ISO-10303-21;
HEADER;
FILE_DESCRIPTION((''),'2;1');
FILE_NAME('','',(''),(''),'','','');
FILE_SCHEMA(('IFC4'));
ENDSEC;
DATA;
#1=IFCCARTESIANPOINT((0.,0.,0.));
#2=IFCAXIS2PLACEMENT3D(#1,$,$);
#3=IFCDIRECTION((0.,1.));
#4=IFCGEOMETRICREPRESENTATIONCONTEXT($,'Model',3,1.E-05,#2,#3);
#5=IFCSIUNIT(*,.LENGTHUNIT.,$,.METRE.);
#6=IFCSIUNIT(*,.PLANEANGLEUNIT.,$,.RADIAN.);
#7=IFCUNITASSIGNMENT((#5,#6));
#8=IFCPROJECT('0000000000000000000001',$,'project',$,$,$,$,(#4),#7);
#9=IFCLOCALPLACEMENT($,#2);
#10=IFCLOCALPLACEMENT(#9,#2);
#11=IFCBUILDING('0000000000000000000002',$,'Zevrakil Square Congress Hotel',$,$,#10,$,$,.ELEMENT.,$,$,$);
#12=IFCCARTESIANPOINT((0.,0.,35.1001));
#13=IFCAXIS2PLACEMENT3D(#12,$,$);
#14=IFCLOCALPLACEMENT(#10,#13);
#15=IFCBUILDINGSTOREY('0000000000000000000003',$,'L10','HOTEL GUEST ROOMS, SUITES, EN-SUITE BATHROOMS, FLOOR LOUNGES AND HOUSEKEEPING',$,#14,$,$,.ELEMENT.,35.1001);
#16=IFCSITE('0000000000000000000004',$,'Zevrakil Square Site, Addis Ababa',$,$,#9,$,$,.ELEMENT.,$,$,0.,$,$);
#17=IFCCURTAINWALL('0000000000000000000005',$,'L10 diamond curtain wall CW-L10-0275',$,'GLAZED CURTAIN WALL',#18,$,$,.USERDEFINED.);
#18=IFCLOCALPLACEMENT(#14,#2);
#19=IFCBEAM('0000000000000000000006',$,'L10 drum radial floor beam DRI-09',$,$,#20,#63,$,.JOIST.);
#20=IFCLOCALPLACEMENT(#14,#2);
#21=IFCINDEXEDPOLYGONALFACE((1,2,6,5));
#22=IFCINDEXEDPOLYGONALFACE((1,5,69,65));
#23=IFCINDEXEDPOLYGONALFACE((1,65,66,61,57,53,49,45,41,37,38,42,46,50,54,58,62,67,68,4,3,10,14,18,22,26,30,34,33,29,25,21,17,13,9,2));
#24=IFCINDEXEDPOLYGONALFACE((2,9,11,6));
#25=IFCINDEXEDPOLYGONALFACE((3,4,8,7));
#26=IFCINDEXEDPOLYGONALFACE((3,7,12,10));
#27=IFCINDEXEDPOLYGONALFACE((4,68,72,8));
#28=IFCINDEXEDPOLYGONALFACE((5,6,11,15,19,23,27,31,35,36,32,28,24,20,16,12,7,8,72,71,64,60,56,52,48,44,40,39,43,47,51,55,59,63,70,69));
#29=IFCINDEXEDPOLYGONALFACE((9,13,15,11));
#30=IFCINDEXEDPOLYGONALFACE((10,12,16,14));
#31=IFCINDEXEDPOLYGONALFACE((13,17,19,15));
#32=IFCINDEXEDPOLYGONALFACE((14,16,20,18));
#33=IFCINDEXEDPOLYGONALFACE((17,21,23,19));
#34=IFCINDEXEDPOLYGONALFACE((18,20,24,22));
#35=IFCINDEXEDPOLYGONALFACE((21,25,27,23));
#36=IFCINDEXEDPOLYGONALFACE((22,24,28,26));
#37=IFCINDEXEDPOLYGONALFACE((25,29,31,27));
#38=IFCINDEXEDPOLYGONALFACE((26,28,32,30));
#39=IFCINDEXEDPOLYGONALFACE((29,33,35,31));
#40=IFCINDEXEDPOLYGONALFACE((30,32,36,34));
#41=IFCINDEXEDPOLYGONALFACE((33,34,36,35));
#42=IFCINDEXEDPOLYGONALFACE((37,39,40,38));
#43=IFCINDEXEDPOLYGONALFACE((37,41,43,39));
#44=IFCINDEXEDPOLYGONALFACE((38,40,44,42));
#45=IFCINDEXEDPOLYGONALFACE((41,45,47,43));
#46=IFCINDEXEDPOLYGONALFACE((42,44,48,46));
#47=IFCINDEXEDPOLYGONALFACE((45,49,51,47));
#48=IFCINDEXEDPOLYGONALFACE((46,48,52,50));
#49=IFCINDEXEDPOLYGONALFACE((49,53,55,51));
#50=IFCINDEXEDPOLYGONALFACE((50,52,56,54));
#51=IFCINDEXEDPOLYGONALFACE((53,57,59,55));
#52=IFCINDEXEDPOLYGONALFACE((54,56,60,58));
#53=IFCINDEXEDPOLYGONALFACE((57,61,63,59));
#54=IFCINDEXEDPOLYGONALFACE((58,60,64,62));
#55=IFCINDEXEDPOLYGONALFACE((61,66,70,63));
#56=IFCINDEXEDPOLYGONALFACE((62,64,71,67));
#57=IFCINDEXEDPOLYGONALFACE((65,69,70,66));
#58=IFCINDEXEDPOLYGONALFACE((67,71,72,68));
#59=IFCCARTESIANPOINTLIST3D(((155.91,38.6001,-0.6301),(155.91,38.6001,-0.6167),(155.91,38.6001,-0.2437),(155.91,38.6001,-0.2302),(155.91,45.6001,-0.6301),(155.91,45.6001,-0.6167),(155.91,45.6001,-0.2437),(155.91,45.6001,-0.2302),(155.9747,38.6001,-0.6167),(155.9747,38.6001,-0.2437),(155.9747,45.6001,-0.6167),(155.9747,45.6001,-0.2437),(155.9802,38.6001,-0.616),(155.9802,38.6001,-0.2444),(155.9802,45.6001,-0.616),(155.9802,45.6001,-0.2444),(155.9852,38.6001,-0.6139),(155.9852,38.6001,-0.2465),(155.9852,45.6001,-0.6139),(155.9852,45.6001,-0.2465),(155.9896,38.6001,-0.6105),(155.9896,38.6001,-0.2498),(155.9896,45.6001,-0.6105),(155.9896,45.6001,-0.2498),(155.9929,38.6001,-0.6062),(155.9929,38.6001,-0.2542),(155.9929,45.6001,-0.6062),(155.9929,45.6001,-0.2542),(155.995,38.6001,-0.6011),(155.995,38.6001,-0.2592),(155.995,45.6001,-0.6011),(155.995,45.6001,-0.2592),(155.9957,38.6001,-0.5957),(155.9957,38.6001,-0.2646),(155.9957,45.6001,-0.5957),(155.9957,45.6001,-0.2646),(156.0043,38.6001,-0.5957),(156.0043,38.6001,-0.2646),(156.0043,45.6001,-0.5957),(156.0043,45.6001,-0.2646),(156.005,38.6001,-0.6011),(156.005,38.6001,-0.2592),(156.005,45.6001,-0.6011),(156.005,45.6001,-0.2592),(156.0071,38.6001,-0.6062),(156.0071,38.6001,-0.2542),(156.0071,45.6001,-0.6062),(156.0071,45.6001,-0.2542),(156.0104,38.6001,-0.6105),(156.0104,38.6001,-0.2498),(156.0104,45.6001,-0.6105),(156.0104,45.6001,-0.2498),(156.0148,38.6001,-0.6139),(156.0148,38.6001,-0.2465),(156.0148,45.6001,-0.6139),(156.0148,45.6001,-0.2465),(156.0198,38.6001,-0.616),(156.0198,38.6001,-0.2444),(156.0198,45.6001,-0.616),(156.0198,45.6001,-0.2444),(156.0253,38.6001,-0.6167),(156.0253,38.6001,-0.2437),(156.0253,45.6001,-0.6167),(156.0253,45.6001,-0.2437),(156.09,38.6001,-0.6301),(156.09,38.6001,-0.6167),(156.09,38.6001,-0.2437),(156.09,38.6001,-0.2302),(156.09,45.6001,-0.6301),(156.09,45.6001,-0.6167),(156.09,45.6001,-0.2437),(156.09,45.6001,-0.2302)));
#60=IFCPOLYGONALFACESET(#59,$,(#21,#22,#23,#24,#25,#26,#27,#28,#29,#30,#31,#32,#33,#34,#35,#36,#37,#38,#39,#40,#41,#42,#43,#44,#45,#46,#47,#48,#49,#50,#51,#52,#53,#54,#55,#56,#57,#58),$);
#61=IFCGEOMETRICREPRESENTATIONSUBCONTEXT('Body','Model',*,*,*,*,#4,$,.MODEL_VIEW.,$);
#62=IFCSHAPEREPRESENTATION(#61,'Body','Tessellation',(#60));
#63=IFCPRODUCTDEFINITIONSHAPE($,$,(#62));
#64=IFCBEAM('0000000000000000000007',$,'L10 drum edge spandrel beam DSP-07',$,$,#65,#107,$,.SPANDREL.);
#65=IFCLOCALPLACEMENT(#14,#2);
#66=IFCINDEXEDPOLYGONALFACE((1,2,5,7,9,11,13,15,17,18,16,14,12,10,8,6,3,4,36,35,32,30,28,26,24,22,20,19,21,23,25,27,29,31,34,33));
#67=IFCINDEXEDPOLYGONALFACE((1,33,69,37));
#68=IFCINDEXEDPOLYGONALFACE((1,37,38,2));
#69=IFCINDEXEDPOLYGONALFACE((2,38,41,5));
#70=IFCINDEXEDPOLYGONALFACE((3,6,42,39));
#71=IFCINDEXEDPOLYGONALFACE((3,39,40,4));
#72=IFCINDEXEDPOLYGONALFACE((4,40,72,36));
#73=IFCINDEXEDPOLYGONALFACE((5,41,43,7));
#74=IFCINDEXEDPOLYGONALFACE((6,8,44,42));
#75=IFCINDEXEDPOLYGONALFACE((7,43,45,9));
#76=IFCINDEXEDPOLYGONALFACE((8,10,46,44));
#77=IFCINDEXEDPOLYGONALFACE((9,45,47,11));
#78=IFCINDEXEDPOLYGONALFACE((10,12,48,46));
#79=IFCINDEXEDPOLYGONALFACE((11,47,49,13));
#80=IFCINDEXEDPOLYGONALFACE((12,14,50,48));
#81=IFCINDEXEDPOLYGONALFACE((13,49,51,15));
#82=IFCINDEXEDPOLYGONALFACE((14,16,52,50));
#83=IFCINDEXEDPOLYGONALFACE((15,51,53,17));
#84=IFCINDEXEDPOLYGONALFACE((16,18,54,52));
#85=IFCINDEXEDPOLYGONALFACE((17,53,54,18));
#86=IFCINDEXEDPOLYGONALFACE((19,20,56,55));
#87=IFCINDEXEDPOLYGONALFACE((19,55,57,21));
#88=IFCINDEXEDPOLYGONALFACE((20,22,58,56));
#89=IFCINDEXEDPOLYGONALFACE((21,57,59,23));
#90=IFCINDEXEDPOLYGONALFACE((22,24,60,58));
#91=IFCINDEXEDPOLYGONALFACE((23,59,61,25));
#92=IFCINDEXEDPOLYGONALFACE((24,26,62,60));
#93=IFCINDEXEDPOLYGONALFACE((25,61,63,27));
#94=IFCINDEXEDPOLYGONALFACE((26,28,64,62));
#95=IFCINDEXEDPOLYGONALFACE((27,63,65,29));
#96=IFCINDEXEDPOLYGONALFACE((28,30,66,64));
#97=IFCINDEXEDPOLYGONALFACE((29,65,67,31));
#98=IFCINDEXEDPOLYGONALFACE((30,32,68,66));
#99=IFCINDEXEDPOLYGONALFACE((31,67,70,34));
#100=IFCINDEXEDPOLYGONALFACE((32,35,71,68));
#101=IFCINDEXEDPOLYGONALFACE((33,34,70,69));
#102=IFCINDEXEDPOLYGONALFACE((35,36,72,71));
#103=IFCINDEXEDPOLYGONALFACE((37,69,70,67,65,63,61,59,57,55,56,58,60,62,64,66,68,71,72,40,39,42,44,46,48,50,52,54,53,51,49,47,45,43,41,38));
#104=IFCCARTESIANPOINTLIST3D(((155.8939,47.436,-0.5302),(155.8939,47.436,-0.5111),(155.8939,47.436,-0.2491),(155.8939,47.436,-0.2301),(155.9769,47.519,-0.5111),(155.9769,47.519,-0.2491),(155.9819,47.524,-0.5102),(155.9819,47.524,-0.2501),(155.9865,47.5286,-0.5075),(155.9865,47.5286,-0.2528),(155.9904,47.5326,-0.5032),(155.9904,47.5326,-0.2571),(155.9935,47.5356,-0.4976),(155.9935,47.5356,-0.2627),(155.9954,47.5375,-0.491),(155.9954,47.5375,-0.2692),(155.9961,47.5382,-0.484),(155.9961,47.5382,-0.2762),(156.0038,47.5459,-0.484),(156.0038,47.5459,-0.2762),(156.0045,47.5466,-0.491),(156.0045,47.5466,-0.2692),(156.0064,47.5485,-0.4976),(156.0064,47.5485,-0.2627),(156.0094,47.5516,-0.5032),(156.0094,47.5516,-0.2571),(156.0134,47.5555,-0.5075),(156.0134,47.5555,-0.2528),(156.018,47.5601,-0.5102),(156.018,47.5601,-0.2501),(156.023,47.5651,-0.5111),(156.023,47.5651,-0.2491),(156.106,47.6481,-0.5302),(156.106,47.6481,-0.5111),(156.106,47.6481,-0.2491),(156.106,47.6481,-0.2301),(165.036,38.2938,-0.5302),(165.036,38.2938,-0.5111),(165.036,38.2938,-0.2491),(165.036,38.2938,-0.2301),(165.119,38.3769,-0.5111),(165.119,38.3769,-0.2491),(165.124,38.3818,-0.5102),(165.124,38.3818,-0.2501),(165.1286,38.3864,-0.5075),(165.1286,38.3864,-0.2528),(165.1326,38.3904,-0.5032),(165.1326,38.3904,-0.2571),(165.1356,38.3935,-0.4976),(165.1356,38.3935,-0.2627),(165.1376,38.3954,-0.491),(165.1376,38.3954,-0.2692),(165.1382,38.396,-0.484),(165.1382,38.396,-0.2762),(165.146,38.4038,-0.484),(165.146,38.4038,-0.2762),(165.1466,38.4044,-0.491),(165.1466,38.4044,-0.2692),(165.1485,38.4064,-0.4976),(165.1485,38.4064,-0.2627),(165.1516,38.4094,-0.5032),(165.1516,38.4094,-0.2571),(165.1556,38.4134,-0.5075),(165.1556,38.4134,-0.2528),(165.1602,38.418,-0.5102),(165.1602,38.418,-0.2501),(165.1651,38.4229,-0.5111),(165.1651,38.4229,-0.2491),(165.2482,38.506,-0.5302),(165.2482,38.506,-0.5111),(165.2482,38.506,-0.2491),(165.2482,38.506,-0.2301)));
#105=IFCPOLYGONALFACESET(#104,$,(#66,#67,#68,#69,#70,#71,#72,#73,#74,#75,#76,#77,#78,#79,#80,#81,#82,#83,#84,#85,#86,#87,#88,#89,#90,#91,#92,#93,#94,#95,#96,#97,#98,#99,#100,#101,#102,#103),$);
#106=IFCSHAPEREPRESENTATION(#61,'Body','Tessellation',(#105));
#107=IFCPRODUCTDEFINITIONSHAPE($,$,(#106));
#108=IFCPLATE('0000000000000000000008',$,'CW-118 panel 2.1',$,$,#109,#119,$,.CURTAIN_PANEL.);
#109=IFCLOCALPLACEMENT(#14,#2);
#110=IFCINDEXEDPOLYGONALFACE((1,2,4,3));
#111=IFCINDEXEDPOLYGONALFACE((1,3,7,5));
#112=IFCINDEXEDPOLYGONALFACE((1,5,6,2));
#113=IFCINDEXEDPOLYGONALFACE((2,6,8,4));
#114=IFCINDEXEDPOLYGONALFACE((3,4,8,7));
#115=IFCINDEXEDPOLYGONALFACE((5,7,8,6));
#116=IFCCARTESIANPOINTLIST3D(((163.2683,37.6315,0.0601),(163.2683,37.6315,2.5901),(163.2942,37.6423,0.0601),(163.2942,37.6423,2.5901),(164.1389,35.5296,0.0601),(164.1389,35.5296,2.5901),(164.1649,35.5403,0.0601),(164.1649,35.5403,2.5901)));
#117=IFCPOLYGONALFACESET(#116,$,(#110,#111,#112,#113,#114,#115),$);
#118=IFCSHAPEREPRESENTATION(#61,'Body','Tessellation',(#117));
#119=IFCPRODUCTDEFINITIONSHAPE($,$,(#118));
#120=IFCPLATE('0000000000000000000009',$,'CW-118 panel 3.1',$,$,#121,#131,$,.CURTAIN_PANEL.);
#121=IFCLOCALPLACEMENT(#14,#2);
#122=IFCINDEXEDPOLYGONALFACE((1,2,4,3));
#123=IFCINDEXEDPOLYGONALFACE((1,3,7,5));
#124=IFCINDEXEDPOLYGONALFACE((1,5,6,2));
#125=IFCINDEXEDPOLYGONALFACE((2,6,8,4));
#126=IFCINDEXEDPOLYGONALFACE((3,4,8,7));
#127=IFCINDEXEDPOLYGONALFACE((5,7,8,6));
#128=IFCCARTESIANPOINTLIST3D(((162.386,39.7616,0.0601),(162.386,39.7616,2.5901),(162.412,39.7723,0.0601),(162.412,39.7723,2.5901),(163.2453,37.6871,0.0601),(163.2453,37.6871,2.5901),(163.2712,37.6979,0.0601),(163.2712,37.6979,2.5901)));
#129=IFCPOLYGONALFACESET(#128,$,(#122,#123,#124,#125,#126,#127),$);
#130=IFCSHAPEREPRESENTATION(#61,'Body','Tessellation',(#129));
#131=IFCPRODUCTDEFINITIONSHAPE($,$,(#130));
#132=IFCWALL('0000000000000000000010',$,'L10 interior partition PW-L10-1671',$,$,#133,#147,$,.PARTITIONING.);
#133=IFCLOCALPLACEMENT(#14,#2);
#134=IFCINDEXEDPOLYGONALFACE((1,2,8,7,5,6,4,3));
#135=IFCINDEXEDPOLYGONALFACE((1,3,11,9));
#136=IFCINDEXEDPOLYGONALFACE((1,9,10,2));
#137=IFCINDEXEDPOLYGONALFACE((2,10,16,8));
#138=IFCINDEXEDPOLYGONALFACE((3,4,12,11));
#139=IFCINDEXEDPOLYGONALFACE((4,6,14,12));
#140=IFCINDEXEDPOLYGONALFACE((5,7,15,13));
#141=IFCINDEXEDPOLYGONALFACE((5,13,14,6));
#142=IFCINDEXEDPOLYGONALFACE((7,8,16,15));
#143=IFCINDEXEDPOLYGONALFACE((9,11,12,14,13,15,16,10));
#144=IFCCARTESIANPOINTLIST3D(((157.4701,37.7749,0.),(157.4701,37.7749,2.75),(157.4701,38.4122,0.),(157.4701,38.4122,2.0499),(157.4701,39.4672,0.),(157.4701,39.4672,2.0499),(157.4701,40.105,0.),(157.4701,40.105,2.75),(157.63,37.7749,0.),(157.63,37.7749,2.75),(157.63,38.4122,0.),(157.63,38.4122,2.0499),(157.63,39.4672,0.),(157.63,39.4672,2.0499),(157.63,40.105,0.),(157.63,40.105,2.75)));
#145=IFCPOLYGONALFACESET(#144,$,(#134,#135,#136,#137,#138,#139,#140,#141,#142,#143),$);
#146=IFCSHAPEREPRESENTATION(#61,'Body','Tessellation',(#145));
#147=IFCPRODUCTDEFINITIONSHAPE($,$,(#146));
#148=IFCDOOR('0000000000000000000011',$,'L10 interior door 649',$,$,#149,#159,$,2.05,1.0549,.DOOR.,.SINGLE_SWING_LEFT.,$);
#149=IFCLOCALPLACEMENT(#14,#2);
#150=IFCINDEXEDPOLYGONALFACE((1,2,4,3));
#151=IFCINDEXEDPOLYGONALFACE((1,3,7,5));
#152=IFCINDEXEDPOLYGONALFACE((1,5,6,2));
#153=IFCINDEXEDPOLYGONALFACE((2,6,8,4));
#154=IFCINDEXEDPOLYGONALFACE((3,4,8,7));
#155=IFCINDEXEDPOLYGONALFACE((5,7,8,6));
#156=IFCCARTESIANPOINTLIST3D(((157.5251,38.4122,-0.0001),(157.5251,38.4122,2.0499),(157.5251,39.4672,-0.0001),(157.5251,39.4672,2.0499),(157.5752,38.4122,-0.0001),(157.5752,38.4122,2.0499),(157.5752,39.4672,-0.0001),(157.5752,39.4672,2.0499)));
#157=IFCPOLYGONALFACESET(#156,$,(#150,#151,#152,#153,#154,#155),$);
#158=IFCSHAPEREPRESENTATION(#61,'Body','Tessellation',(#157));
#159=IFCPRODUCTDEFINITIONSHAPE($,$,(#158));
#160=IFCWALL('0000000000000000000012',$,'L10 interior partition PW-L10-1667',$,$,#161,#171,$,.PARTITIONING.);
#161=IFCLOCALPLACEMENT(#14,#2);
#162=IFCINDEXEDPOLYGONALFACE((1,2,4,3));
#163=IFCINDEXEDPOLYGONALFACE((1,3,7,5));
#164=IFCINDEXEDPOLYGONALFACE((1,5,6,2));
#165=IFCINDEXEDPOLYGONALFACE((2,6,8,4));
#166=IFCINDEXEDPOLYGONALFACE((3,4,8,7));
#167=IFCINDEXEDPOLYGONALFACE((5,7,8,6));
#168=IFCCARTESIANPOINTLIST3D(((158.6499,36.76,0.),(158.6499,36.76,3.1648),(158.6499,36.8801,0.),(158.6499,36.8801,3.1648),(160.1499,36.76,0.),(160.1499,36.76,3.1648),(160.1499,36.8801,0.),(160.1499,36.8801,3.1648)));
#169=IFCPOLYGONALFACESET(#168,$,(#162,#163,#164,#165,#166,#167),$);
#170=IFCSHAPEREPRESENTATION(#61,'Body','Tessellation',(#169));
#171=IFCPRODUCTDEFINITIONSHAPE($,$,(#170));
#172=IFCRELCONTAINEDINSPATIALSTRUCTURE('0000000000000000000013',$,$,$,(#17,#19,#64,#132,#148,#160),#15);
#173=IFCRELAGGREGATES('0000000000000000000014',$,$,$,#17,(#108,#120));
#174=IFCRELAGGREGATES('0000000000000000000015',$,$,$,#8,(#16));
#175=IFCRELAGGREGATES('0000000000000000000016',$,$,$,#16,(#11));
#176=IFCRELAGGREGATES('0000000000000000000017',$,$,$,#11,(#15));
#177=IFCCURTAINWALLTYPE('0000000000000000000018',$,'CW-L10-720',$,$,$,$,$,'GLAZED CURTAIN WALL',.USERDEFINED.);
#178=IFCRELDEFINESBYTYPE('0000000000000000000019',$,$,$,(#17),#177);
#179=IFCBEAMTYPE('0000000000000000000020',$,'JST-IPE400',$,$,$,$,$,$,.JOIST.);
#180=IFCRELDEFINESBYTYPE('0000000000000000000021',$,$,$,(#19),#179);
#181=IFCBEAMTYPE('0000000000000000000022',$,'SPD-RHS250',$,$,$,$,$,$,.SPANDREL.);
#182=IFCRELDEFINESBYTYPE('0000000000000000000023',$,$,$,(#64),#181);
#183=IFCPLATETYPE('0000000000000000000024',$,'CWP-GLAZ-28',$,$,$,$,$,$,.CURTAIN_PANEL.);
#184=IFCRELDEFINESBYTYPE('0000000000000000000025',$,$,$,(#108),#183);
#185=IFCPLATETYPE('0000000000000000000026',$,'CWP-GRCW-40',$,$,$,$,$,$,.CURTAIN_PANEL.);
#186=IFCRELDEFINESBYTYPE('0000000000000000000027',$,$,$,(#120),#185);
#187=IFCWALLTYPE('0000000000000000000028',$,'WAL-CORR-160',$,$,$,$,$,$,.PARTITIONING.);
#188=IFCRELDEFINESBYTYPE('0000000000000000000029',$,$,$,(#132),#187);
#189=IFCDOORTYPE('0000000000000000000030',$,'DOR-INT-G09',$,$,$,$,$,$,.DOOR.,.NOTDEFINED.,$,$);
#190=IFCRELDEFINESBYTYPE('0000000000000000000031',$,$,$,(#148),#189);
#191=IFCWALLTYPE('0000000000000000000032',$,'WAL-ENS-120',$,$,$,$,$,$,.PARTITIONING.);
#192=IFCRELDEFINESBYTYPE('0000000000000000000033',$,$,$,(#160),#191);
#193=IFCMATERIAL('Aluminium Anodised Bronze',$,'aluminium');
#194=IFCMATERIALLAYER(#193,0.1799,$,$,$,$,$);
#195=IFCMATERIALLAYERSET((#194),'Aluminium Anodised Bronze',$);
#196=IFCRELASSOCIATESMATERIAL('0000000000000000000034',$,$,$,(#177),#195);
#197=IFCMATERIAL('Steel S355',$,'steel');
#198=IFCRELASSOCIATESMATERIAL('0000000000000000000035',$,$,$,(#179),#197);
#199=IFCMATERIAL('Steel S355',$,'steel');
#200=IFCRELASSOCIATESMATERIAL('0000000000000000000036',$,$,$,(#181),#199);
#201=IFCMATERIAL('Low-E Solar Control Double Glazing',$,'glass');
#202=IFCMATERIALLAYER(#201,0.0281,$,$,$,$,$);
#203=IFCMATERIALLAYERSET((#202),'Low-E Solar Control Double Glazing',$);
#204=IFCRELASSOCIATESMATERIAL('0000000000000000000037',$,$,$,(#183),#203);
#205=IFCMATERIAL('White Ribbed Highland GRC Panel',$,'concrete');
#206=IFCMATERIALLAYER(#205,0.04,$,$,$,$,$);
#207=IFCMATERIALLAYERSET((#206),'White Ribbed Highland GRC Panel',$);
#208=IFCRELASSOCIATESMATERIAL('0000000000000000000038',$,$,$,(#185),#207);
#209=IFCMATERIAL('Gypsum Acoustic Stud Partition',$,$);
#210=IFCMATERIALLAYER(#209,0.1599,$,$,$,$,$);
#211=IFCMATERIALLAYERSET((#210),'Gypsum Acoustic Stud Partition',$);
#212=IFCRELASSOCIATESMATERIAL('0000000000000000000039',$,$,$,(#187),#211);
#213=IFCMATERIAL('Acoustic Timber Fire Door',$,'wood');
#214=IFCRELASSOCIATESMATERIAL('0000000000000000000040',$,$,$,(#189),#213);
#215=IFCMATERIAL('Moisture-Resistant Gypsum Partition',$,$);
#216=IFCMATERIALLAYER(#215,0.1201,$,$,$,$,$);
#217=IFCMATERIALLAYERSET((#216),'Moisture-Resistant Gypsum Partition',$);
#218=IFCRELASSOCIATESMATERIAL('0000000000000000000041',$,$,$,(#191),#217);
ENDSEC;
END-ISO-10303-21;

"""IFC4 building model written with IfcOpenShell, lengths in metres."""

from ifc_helpers import new_model, si_unit, direction, frame, frame_2d, origin, origin_2d, place, context, subcontext, project, spatial, rectangle, i_section, extrude, material, layer, layer_set, material_profile, profile_set, type_object, element, fill, aggregate, save


model = new_model("IFC4")

# Units and contexts
model_context = context("Model", 3, precision=1e-05, world=origin(), true_north=direction((0.0, 1.0)))
body_context = subcontext(model_context, "Body", "Model", "MODEL_VIEW")
ifc_project = project(units=[si_unit("LENGTHUNIT", "METRE"), si_unit("PLANEANGLEUNIT", "RADIAN")], contexts=[model_context])

# Site, building, storey
site_placement = place(None, origin())
site = spatial("IfcSite", under=ifc_project, at=site_placement, Name="Zevrakil Square Site, Addis Ababa", CompositionType="ELEMENT", RefElevation=0.0)
building_placement = place(site_placement, origin())
building = spatial("IfcBuilding", under=site, at=building_placement, Name="Zevrakil Square Congress Hotel", CompositionType="ELEMENT")
storey_placement = place(building_placement, frame((0.0, 0.0, 35.1001)))
storey = spatial("IfcBuildingStorey", under=building, at=storey_placement, Name="L10", Description="HOTEL GUEST ROOMS, SUITES, EN-SUITE BATHROOMS, FLOOR LOUNGES AND HOUSEKEEPING", CompositionType="ELEMENT", Elevation=35.1001)

# Curtain wall
ifc_material_1 = material(Name="Aluminium Anodised Bronze", Category="aluminium")
ifc_layer_1 = layer(ifc_material_1, 0.1799)
ifc_layer_set_1 = layer_set([ifc_layer_1], Name="Aluminium Anodised Bronze")
curtain_wall_type = type_object("IfcCurtainWallType", Name="CW-L10-720", ElementType="GLAZED CURTAIN WALL", PredefinedType="USERDEFINED", material=ifc_layer_set_1)
curtain_wall_placement = place(storey_placement, origin())
curtain_wall = element("IfcCurtainWall", 1, at=curtain_wall_placement, inside=storey, type_object=curtain_wall_type, Name="L10 diamond curtain wall CW-L10-0275", ObjectType="GLAZED CURTAIN WALL", PredefinedType="USERDEFINED")

# Beams
ifc_material_2 = material(Name="Steel S355", Category="steel")
ifc_material_profile_1 = material_profile(ifc_material_2, i_section(OverallWidth=0.1799, OverallDepth=0.3999, WebThickness=0.0085, FlangeThickness=0.0134, FilletRadius=0.021, at=origin_2d()), Name="IPE 400")
ifc_profile_set_1 = profile_set([ifc_material_profile_1], Name="Steel S355")
beam_type_1 = type_object("IfcBeamType", Name="JST-IPE400", PredefinedType="JOIST", material=ifc_profile_set_1)
beam_1_placement = place(storey_placement, frame((156.0, 38.6001, -0.4302), z_axis=(0.0, 1.0, 0.0), x_axis=(-1.0, 0.0, 0.0)))
element("IfcBeam", 2, at=beam_1_placement, inside=storey, type_object=beam_type_1, Name="L10 drum radial floor beam DRI-09", PredefinedType="JOIST", context=body_context, shape_type="SweptSolid", body=[
    extrude(i_section(OverallWidth=0.1799, OverallDepth=0.3999, WebThickness=0.0085, FlangeThickness=0.0134, FilletRadius=0.021, at=origin_2d()), origin(), (0.0, 0.0, 1.0), 7.0),
])
ifc_material_3 = material(Name="Steel S355", Category="steel")
ifc_material_profile_2 = material_profile(ifc_material_3, i_section(OverallWidth=0.3, OverallDepth=0.3, WebThickness=0.011, FlangeThickness=0.019, FilletRadius=0.0271, at=origin_2d()), Name="HEB 300")
ifc_profile_set_2 = profile_set([ifc_material_profile_2], Name="Steel S355")
beam_type_2 = type_object("IfcBeamType", Name="SPD-RHS250", PredefinedType="SPANDREL", material=ifc_profile_set_2)
beam_2_placement = place(storey_placement, frame((165.1421, 38.3999, -0.3801), z_axis=(-0.707107, 0.707107, 0.0), x_axis=(-0.707107, -0.707107, 0.0)))
element("IfcBeam", 3, at=beam_2_placement, inside=storey, type_object=beam_type_2, Name="L10 drum edge spandrel beam DSP-07", PredefinedType="SPANDREL", context=body_context, shape_type="SweptSolid", body=[
    extrude(i_section(OverallWidth=0.3, OverallDepth=0.3, WebThickness=0.011, FlangeThickness=0.019, FilletRadius=0.0271, at=origin_2d()), origin(), (0.0, 0.0, 1.0), 12.929),
])

# Plates
ifc_material_4 = material(Name="Low-E Solar Control Double Glazing", Category="glass")
ifc_layer_2 = layer(ifc_material_4, 0.0281)
ifc_layer_set_2 = layer_set([ifc_layer_2], Name="Low-E Solar Control Double Glazing")
plate_type_1 = type_object("IfcPlateType", Name="CWP-GLAZ-28", PredefinedType="CURTAIN_PANEL", material=ifc_layer_set_2)
plate_1_placement = place(storey_placement, frame((163.7166, 36.5859, 0.0601), z_axis=(0.0, 0.0, 1.0), x_axis=(-0.382684, 0.923879, 0.0)))
plate_1 = element("IfcPlate", 4, at=plate_1_placement, type_object=plate_type_1, Name="CW-118 panel 2.1", PredefinedType="CURTAIN_PANEL", context=body_context, shape_type="SweptSolid", body=[
    extrude(rectangle(XDim=2.2751, YDim=0.0281, at=origin_2d()), origin(), (0.0, 0.0, 1.0), 2.53),
])
ifc_material_5 = material(Name="White Ribbed Highland GRC Panel", Category="concrete")
ifc_layer_3 = layer(ifc_material_5, 0.04)
ifc_layer_set_3 = layer_set([ifc_layer_3], Name="White Ribbed Highland GRC Panel")
plate_type_2 = type_object("IfcPlateType", Name="CWP-GRCW-40", PredefinedType="CURTAIN_PANEL", material=ifc_layer_set_3)
plate_2_placement = place(storey_placement, frame((162.8286, 38.7297, 0.0601), z_axis=(0.0, 0.0, 1.0), x_axis=(-0.382684, 0.923879, 0.0)))
plate_2 = element("IfcPlate", 5, at=plate_2_placement, type_object=plate_type_2, Name="CW-118 panel 3.1", PredefinedType="CURTAIN_PANEL", context=body_context, shape_type="SweptSolid", body=[
    extrude(rectangle(XDim=2.2454, YDim=0.0281, at=origin_2d()), origin(), (0.0, 0.0, 1.0), 2.53),
])
aggregate(curtain_wall, [plate_1, plate_2])

# Wall, opening, door
ifc_material_6 = material(Name="Gypsum Acoustic Stud Partition")
ifc_layer_4 = layer(ifc_material_6, 0.1599)
ifc_layer_set_4 = layer_set([ifc_layer_4], Name="Gypsum Acoustic Stud Partition")
wall_type_1 = type_object("IfcWallType", Name="WAL-CORR-160", PredefinedType="PARTITIONING", material=ifc_layer_set_4)
wall_1_placement = place(storey_placement, frame((157.55, 37.7749, 0.0), z_axis=(0.0, 0.0, 1.0), x_axis=(0.0, 1.0, 0.0)))
wall_1 = element("IfcWall", 6, at=wall_1_placement, inside=storey, type_object=wall_type_1, Name="L10 interior partition PW-L10-1671", PredefinedType="PARTITIONING", context=body_context, shape_type="SweptSolid", body=[
    extrude(rectangle(XDim=2.3301, YDim=0.1599, at=frame_2d((1.165, 0.0))), origin(), (0.0, 0.0, 1.0), 2.75),
])
opening_1_placement = place(wall_1_placement, frame((0.6375, 0.0, 0.0)))
opening_1 = element("IfcOpeningElement", 7, at=opening_1_placement, cuts=wall_1, PredefinedType="OPENING", context=body_context, shape_type="SweptSolid", body=[
    extrude(rectangle(XDim=1.0549, YDim=2.05, at=frame_2d((0.5273, 1.0249))), frame((0.0, 0.0898, 0.0), z_axis=(0.0, -1.0, 0.0), x_axis=(1.0, 0.0, 0.0)), (0.0, 0.0, 1.0), 0.1799),
])
ifc_material_7 = material(Name="Acoustic Timber Fire Door", Category="wood")
door_type_1 = type_object("IfcDoorType", Name="DOR-INT-G09", OperationType="NOTDEFINED", PredefinedType="DOOR", material=ifc_material_7)
door_1_placement = place(opening_1_placement, origin())
door_1 = element("IfcDoor", 8, at=door_1_placement, inside=storey, type_object=door_type_1, Name="L10 interior door 649", OperationType="SINGLE_SWING_LEFT", OverallHeight=2.05, OverallWidth=1.0549, PredefinedType="DOOR", context=body_context, shape_type="SweptSolid", body=[
    extrude(rectangle(XDim=1.0549, YDim=2.05, at=frame_2d((0.5273, 1.0249))), frame((0.0, 0.0249, 0.0), z_axis=(0.0, -1.0, 0.0), x_axis=(1.0, 0.0, 0.0)), (0.0, 0.0, 1.0), 0.05),
])
fill(opening_1, door_1)

# Wall
ifc_material_8 = material(Name="Moisture-Resistant Gypsum Partition")
ifc_layer_5 = layer(ifc_material_8, 0.1201)
ifc_layer_set_5 = layer_set([ifc_layer_5], Name="Moisture-Resistant Gypsum Partition")
wall_type_2 = type_object("IfcWallType", Name="WAL-ENS-120", PredefinedType="PARTITIONING", material=ifc_layer_set_5)
wall_2_placement = place(storey_placement, frame((158.6499, 36.8201, 0.0), z_axis=(0.0, 0.0, 1.0), x_axis=(1.0, 0.0, 0.0)))
element("IfcWall", 9, at=wall_2_placement, inside=storey, type_object=wall_type_2, Name="L10 interior partition PW-L10-1667", PredefinedType="PARTITIONING", context=body_context, shape_type="SweptSolid", body=[
    extrude(rectangle(XDim=1.5, YDim=0.1201, at=frame_2d((0.75, 0.0))), origin(), (0.0, 0.0, 1.0), 3.1648),
])

save(model, "model.ifc")
